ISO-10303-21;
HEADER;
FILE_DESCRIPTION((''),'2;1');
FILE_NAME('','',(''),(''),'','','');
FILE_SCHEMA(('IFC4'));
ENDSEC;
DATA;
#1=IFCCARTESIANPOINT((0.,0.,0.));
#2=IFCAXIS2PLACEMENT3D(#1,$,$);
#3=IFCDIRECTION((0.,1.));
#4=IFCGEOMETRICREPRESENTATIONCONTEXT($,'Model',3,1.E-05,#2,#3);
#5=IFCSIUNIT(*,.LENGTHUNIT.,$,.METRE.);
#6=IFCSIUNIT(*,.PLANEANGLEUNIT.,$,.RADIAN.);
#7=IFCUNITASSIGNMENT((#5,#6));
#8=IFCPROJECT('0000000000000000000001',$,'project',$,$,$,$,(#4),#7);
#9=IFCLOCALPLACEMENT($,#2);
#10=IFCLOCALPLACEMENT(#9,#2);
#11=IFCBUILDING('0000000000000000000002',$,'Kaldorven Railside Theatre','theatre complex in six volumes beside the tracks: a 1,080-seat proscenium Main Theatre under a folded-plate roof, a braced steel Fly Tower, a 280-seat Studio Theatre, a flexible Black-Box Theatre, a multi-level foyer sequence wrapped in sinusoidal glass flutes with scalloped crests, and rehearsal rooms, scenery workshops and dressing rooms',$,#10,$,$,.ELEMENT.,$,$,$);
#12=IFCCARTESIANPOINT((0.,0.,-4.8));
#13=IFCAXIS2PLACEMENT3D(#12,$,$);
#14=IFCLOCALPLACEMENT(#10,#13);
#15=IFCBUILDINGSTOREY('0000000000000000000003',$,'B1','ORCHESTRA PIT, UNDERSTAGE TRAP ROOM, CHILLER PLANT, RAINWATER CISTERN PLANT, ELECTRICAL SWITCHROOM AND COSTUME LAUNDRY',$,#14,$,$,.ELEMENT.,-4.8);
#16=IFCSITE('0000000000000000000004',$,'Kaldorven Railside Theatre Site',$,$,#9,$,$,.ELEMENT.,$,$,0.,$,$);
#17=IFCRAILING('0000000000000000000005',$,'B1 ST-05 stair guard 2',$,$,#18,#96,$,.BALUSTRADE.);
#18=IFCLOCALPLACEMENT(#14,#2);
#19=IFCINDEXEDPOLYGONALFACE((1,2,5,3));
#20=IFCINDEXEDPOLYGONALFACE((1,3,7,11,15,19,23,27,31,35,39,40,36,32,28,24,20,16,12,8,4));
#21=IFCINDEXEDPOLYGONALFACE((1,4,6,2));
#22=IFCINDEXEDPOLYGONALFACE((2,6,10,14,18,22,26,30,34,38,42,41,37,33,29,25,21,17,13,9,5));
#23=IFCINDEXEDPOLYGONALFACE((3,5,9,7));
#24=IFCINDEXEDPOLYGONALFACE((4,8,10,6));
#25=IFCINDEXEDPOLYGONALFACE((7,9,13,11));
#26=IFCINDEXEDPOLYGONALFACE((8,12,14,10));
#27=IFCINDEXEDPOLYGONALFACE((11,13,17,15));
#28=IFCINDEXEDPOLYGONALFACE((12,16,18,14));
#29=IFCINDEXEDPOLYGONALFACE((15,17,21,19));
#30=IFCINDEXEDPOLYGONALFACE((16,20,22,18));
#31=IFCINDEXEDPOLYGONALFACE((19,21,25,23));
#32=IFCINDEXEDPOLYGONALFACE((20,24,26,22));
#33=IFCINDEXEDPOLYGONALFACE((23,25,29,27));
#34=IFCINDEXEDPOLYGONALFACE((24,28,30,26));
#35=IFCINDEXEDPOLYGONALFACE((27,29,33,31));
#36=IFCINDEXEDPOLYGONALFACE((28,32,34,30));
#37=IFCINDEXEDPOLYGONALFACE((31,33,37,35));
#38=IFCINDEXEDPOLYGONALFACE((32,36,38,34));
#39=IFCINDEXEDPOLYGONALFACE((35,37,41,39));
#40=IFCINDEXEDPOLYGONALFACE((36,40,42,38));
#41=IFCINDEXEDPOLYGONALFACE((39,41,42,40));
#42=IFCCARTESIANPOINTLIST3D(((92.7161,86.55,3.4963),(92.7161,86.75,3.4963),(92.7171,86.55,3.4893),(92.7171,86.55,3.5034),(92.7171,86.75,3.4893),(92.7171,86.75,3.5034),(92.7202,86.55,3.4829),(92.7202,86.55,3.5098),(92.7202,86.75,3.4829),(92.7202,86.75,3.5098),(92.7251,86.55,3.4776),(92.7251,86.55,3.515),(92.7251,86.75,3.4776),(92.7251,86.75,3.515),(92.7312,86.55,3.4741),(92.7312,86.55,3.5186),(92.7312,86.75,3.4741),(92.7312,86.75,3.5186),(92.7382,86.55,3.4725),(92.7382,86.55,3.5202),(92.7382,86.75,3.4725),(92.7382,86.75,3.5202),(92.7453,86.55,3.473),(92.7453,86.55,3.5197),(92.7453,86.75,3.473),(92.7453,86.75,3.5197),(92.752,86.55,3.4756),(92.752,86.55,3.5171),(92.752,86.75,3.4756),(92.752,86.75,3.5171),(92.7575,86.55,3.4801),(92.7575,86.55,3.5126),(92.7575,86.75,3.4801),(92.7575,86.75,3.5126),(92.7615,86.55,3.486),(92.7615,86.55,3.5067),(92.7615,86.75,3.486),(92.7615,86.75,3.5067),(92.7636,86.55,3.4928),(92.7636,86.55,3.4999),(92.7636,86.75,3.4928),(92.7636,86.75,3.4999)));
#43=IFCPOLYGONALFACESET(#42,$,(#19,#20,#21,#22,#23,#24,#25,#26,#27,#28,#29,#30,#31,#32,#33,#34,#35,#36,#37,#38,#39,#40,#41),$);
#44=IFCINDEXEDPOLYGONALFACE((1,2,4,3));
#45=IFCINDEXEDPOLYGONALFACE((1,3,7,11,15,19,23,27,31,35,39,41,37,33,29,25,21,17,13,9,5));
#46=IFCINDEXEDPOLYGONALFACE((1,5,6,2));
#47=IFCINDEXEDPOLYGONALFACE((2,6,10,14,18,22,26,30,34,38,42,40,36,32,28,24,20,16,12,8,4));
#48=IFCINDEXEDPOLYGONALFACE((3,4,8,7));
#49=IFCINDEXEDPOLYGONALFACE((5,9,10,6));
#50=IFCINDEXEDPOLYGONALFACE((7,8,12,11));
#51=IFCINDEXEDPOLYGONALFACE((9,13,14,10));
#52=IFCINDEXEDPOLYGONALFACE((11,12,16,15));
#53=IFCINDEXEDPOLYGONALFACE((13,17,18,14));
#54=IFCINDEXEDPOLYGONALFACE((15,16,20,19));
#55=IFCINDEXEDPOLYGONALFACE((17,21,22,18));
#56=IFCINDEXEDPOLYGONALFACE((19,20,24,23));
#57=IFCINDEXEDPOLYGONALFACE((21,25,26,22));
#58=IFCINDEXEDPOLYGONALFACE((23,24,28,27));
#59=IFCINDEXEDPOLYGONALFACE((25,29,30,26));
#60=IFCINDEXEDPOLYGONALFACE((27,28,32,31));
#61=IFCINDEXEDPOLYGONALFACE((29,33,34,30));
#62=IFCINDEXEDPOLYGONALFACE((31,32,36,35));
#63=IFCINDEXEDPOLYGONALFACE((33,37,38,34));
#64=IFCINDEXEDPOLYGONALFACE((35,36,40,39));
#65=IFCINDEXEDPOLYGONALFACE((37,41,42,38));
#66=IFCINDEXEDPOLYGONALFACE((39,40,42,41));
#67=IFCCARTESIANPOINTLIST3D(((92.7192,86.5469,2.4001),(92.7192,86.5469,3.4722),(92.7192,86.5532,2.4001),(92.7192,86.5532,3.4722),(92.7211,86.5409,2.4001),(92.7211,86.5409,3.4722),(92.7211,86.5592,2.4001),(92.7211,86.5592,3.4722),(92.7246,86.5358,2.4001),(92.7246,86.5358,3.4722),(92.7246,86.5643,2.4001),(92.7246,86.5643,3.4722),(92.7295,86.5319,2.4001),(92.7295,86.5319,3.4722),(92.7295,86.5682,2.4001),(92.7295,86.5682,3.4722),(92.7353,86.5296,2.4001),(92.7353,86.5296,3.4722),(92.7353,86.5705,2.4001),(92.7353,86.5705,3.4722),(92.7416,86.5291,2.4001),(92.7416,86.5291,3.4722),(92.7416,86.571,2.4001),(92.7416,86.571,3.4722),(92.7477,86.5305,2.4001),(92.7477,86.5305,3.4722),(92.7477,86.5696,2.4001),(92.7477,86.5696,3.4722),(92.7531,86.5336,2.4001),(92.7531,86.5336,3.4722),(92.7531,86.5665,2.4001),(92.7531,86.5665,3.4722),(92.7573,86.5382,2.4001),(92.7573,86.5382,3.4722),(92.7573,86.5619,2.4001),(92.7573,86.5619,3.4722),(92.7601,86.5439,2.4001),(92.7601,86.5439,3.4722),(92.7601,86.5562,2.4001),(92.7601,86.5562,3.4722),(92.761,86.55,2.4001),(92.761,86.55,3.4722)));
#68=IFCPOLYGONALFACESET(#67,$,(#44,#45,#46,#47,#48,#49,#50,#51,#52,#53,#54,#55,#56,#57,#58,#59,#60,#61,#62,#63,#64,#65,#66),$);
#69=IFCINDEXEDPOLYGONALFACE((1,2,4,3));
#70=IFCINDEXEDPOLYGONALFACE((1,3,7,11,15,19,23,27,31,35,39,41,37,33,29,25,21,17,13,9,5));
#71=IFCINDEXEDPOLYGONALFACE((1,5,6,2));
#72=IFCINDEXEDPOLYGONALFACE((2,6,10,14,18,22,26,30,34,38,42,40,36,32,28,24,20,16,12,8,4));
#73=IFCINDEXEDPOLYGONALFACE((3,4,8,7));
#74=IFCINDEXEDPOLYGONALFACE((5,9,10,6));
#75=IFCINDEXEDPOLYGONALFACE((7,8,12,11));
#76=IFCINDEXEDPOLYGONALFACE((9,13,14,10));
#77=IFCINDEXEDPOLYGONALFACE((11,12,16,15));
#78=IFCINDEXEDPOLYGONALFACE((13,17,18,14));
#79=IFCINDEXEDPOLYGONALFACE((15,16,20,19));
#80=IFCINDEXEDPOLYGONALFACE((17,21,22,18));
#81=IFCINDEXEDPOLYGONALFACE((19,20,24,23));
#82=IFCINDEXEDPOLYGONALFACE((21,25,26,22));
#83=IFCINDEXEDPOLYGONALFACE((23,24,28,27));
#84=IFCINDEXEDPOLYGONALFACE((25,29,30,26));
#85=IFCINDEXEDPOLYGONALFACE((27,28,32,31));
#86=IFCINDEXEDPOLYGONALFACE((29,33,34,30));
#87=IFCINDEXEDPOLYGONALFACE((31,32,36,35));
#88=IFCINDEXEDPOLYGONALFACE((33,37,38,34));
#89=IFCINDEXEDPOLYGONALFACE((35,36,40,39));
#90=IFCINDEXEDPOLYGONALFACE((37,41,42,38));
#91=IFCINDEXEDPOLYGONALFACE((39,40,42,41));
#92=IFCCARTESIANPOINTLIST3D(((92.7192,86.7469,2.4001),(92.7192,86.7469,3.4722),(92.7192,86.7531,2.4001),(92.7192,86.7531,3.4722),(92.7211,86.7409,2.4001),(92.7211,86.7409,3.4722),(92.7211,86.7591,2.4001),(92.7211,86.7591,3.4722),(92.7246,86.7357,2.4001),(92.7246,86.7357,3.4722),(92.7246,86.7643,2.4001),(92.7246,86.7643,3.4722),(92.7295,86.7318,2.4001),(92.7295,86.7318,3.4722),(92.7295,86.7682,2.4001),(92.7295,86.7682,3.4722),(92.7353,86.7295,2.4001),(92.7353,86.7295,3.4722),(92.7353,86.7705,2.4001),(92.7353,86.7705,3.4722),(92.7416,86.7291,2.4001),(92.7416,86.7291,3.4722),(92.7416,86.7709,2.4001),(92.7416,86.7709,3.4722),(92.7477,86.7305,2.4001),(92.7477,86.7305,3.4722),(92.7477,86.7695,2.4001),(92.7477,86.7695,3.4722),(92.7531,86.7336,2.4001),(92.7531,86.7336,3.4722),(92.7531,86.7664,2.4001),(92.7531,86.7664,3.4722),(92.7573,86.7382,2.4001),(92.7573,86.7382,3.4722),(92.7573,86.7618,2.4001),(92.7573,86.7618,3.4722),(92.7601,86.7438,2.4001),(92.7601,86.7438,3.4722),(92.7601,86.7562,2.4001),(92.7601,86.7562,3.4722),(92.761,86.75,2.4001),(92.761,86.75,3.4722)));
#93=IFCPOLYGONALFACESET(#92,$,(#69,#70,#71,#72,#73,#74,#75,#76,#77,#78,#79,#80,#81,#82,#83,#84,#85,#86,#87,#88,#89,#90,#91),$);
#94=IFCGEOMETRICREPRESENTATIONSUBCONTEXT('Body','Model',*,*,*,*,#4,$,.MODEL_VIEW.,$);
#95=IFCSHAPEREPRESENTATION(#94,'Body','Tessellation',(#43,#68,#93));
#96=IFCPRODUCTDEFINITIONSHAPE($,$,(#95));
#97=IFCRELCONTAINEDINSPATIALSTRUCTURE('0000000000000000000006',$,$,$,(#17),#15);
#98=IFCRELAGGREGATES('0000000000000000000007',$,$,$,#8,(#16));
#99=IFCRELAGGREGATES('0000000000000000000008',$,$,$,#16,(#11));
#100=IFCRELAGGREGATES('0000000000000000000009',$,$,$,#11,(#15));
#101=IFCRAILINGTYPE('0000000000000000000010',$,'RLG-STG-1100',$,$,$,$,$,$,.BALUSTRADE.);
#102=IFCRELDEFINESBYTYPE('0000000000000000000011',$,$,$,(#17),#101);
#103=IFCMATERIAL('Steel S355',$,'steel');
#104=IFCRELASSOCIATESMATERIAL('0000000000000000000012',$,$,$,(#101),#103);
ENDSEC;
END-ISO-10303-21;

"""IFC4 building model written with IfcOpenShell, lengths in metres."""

from ifc_helpers import new_model, si_unit, direction, frame, origin, origin_2d, place, context, subcontext, project, spatial, circle, extrude, material, type_object, element, save


model = new_model("IFC4")

# Units and contexts
model_context = context("Model", 3, precision=1e-05, world=origin(), true_north=direction((0.0, 1.0)))
body_context = subcontext(model_context, "Body", "Model", "MODEL_VIEW")
ifc_project = project(units=[si_unit("LENGTHUNIT", "METRE"), si_unit("PLANEANGLEUNIT", "RADIAN")], contexts=[model_context])

# Site, building, storey
site_placement = place(None, origin())
site = spatial("IfcSite", under=ifc_project, at=site_placement, Name="Kaldorven Railside Theatre Site", CompositionType="ELEMENT", RefElevation=0.0)
building_placement = place(site_placement, origin())
building = spatial("IfcBuilding", under=site, at=building_placement, Name="Kaldorven Railside Theatre", Description="theatre complex in six volumes beside the tracks: a 1,080-seat proscenium Main Theatre under a folded-plate roof, a braced steel Fly Tower, a 280-seat Studio Theatre, a flexible Black-Box Theatre, a multi-level foyer sequence wrapped in sinusoidal glass flutes with scalloped crests, and rehearsal rooms, scenery workshops and dressing rooms", CompositionType="ELEMENT")
storey_placement = place(building_placement, frame((0.0, 0.0, -4.8)))
storey = spatial("IfcBuildingStorey", under=building, at=storey_placement, Name="B1", Description="ORCHESTRA PIT, UNDERSTAGE TRAP ROOM, CHILLER PLANT, RAINWATER CISTERN PLANT, ELECTRICAL SWITCHROOM AND COSTUME LAUNDRY", CompositionType="ELEMENT", Elevation=-4.8)

# Railing
ifc_material_1 = material(Name="Steel S355", Category="steel")
railing_type_1 = type_object("IfcRailingType", Name="RLG-STG-1100", PredefinedType="BALUSTRADE", material=ifc_material_1)
railing_1_placement = place(storey_placement, frame((92.74, 86.55, 2.4001)))
element("IfcRailing", 1, at=railing_1_placement, inside=storey, type_object=railing_type_1, Name="B1 ST-05 stair guard 2", PredefinedType="BALUSTRADE", context=body_context, shape_type="SweptSolid", body=[
    extrude(circle(Radius=0.0239, at=origin_2d()), frame((0.0, 0.0, 1.0962), z_axis=(0.0, 1.0, 0.0), x_axis=(-1.0, 0.0, 0.0)), (0.0, 0.0, 1.0), 0.2),
    extrude(circle(Radius=0.021, at=origin_2d()), origin(), (0.0, 0.0, 1.0), 1.072),
    extrude(circle(Radius=0.021, at=origin_2d()), frame((0.0, 0.2, 0.0)), (0.0, 0.0, 1.0), 1.072),
])

save(model, "model.ifc")
